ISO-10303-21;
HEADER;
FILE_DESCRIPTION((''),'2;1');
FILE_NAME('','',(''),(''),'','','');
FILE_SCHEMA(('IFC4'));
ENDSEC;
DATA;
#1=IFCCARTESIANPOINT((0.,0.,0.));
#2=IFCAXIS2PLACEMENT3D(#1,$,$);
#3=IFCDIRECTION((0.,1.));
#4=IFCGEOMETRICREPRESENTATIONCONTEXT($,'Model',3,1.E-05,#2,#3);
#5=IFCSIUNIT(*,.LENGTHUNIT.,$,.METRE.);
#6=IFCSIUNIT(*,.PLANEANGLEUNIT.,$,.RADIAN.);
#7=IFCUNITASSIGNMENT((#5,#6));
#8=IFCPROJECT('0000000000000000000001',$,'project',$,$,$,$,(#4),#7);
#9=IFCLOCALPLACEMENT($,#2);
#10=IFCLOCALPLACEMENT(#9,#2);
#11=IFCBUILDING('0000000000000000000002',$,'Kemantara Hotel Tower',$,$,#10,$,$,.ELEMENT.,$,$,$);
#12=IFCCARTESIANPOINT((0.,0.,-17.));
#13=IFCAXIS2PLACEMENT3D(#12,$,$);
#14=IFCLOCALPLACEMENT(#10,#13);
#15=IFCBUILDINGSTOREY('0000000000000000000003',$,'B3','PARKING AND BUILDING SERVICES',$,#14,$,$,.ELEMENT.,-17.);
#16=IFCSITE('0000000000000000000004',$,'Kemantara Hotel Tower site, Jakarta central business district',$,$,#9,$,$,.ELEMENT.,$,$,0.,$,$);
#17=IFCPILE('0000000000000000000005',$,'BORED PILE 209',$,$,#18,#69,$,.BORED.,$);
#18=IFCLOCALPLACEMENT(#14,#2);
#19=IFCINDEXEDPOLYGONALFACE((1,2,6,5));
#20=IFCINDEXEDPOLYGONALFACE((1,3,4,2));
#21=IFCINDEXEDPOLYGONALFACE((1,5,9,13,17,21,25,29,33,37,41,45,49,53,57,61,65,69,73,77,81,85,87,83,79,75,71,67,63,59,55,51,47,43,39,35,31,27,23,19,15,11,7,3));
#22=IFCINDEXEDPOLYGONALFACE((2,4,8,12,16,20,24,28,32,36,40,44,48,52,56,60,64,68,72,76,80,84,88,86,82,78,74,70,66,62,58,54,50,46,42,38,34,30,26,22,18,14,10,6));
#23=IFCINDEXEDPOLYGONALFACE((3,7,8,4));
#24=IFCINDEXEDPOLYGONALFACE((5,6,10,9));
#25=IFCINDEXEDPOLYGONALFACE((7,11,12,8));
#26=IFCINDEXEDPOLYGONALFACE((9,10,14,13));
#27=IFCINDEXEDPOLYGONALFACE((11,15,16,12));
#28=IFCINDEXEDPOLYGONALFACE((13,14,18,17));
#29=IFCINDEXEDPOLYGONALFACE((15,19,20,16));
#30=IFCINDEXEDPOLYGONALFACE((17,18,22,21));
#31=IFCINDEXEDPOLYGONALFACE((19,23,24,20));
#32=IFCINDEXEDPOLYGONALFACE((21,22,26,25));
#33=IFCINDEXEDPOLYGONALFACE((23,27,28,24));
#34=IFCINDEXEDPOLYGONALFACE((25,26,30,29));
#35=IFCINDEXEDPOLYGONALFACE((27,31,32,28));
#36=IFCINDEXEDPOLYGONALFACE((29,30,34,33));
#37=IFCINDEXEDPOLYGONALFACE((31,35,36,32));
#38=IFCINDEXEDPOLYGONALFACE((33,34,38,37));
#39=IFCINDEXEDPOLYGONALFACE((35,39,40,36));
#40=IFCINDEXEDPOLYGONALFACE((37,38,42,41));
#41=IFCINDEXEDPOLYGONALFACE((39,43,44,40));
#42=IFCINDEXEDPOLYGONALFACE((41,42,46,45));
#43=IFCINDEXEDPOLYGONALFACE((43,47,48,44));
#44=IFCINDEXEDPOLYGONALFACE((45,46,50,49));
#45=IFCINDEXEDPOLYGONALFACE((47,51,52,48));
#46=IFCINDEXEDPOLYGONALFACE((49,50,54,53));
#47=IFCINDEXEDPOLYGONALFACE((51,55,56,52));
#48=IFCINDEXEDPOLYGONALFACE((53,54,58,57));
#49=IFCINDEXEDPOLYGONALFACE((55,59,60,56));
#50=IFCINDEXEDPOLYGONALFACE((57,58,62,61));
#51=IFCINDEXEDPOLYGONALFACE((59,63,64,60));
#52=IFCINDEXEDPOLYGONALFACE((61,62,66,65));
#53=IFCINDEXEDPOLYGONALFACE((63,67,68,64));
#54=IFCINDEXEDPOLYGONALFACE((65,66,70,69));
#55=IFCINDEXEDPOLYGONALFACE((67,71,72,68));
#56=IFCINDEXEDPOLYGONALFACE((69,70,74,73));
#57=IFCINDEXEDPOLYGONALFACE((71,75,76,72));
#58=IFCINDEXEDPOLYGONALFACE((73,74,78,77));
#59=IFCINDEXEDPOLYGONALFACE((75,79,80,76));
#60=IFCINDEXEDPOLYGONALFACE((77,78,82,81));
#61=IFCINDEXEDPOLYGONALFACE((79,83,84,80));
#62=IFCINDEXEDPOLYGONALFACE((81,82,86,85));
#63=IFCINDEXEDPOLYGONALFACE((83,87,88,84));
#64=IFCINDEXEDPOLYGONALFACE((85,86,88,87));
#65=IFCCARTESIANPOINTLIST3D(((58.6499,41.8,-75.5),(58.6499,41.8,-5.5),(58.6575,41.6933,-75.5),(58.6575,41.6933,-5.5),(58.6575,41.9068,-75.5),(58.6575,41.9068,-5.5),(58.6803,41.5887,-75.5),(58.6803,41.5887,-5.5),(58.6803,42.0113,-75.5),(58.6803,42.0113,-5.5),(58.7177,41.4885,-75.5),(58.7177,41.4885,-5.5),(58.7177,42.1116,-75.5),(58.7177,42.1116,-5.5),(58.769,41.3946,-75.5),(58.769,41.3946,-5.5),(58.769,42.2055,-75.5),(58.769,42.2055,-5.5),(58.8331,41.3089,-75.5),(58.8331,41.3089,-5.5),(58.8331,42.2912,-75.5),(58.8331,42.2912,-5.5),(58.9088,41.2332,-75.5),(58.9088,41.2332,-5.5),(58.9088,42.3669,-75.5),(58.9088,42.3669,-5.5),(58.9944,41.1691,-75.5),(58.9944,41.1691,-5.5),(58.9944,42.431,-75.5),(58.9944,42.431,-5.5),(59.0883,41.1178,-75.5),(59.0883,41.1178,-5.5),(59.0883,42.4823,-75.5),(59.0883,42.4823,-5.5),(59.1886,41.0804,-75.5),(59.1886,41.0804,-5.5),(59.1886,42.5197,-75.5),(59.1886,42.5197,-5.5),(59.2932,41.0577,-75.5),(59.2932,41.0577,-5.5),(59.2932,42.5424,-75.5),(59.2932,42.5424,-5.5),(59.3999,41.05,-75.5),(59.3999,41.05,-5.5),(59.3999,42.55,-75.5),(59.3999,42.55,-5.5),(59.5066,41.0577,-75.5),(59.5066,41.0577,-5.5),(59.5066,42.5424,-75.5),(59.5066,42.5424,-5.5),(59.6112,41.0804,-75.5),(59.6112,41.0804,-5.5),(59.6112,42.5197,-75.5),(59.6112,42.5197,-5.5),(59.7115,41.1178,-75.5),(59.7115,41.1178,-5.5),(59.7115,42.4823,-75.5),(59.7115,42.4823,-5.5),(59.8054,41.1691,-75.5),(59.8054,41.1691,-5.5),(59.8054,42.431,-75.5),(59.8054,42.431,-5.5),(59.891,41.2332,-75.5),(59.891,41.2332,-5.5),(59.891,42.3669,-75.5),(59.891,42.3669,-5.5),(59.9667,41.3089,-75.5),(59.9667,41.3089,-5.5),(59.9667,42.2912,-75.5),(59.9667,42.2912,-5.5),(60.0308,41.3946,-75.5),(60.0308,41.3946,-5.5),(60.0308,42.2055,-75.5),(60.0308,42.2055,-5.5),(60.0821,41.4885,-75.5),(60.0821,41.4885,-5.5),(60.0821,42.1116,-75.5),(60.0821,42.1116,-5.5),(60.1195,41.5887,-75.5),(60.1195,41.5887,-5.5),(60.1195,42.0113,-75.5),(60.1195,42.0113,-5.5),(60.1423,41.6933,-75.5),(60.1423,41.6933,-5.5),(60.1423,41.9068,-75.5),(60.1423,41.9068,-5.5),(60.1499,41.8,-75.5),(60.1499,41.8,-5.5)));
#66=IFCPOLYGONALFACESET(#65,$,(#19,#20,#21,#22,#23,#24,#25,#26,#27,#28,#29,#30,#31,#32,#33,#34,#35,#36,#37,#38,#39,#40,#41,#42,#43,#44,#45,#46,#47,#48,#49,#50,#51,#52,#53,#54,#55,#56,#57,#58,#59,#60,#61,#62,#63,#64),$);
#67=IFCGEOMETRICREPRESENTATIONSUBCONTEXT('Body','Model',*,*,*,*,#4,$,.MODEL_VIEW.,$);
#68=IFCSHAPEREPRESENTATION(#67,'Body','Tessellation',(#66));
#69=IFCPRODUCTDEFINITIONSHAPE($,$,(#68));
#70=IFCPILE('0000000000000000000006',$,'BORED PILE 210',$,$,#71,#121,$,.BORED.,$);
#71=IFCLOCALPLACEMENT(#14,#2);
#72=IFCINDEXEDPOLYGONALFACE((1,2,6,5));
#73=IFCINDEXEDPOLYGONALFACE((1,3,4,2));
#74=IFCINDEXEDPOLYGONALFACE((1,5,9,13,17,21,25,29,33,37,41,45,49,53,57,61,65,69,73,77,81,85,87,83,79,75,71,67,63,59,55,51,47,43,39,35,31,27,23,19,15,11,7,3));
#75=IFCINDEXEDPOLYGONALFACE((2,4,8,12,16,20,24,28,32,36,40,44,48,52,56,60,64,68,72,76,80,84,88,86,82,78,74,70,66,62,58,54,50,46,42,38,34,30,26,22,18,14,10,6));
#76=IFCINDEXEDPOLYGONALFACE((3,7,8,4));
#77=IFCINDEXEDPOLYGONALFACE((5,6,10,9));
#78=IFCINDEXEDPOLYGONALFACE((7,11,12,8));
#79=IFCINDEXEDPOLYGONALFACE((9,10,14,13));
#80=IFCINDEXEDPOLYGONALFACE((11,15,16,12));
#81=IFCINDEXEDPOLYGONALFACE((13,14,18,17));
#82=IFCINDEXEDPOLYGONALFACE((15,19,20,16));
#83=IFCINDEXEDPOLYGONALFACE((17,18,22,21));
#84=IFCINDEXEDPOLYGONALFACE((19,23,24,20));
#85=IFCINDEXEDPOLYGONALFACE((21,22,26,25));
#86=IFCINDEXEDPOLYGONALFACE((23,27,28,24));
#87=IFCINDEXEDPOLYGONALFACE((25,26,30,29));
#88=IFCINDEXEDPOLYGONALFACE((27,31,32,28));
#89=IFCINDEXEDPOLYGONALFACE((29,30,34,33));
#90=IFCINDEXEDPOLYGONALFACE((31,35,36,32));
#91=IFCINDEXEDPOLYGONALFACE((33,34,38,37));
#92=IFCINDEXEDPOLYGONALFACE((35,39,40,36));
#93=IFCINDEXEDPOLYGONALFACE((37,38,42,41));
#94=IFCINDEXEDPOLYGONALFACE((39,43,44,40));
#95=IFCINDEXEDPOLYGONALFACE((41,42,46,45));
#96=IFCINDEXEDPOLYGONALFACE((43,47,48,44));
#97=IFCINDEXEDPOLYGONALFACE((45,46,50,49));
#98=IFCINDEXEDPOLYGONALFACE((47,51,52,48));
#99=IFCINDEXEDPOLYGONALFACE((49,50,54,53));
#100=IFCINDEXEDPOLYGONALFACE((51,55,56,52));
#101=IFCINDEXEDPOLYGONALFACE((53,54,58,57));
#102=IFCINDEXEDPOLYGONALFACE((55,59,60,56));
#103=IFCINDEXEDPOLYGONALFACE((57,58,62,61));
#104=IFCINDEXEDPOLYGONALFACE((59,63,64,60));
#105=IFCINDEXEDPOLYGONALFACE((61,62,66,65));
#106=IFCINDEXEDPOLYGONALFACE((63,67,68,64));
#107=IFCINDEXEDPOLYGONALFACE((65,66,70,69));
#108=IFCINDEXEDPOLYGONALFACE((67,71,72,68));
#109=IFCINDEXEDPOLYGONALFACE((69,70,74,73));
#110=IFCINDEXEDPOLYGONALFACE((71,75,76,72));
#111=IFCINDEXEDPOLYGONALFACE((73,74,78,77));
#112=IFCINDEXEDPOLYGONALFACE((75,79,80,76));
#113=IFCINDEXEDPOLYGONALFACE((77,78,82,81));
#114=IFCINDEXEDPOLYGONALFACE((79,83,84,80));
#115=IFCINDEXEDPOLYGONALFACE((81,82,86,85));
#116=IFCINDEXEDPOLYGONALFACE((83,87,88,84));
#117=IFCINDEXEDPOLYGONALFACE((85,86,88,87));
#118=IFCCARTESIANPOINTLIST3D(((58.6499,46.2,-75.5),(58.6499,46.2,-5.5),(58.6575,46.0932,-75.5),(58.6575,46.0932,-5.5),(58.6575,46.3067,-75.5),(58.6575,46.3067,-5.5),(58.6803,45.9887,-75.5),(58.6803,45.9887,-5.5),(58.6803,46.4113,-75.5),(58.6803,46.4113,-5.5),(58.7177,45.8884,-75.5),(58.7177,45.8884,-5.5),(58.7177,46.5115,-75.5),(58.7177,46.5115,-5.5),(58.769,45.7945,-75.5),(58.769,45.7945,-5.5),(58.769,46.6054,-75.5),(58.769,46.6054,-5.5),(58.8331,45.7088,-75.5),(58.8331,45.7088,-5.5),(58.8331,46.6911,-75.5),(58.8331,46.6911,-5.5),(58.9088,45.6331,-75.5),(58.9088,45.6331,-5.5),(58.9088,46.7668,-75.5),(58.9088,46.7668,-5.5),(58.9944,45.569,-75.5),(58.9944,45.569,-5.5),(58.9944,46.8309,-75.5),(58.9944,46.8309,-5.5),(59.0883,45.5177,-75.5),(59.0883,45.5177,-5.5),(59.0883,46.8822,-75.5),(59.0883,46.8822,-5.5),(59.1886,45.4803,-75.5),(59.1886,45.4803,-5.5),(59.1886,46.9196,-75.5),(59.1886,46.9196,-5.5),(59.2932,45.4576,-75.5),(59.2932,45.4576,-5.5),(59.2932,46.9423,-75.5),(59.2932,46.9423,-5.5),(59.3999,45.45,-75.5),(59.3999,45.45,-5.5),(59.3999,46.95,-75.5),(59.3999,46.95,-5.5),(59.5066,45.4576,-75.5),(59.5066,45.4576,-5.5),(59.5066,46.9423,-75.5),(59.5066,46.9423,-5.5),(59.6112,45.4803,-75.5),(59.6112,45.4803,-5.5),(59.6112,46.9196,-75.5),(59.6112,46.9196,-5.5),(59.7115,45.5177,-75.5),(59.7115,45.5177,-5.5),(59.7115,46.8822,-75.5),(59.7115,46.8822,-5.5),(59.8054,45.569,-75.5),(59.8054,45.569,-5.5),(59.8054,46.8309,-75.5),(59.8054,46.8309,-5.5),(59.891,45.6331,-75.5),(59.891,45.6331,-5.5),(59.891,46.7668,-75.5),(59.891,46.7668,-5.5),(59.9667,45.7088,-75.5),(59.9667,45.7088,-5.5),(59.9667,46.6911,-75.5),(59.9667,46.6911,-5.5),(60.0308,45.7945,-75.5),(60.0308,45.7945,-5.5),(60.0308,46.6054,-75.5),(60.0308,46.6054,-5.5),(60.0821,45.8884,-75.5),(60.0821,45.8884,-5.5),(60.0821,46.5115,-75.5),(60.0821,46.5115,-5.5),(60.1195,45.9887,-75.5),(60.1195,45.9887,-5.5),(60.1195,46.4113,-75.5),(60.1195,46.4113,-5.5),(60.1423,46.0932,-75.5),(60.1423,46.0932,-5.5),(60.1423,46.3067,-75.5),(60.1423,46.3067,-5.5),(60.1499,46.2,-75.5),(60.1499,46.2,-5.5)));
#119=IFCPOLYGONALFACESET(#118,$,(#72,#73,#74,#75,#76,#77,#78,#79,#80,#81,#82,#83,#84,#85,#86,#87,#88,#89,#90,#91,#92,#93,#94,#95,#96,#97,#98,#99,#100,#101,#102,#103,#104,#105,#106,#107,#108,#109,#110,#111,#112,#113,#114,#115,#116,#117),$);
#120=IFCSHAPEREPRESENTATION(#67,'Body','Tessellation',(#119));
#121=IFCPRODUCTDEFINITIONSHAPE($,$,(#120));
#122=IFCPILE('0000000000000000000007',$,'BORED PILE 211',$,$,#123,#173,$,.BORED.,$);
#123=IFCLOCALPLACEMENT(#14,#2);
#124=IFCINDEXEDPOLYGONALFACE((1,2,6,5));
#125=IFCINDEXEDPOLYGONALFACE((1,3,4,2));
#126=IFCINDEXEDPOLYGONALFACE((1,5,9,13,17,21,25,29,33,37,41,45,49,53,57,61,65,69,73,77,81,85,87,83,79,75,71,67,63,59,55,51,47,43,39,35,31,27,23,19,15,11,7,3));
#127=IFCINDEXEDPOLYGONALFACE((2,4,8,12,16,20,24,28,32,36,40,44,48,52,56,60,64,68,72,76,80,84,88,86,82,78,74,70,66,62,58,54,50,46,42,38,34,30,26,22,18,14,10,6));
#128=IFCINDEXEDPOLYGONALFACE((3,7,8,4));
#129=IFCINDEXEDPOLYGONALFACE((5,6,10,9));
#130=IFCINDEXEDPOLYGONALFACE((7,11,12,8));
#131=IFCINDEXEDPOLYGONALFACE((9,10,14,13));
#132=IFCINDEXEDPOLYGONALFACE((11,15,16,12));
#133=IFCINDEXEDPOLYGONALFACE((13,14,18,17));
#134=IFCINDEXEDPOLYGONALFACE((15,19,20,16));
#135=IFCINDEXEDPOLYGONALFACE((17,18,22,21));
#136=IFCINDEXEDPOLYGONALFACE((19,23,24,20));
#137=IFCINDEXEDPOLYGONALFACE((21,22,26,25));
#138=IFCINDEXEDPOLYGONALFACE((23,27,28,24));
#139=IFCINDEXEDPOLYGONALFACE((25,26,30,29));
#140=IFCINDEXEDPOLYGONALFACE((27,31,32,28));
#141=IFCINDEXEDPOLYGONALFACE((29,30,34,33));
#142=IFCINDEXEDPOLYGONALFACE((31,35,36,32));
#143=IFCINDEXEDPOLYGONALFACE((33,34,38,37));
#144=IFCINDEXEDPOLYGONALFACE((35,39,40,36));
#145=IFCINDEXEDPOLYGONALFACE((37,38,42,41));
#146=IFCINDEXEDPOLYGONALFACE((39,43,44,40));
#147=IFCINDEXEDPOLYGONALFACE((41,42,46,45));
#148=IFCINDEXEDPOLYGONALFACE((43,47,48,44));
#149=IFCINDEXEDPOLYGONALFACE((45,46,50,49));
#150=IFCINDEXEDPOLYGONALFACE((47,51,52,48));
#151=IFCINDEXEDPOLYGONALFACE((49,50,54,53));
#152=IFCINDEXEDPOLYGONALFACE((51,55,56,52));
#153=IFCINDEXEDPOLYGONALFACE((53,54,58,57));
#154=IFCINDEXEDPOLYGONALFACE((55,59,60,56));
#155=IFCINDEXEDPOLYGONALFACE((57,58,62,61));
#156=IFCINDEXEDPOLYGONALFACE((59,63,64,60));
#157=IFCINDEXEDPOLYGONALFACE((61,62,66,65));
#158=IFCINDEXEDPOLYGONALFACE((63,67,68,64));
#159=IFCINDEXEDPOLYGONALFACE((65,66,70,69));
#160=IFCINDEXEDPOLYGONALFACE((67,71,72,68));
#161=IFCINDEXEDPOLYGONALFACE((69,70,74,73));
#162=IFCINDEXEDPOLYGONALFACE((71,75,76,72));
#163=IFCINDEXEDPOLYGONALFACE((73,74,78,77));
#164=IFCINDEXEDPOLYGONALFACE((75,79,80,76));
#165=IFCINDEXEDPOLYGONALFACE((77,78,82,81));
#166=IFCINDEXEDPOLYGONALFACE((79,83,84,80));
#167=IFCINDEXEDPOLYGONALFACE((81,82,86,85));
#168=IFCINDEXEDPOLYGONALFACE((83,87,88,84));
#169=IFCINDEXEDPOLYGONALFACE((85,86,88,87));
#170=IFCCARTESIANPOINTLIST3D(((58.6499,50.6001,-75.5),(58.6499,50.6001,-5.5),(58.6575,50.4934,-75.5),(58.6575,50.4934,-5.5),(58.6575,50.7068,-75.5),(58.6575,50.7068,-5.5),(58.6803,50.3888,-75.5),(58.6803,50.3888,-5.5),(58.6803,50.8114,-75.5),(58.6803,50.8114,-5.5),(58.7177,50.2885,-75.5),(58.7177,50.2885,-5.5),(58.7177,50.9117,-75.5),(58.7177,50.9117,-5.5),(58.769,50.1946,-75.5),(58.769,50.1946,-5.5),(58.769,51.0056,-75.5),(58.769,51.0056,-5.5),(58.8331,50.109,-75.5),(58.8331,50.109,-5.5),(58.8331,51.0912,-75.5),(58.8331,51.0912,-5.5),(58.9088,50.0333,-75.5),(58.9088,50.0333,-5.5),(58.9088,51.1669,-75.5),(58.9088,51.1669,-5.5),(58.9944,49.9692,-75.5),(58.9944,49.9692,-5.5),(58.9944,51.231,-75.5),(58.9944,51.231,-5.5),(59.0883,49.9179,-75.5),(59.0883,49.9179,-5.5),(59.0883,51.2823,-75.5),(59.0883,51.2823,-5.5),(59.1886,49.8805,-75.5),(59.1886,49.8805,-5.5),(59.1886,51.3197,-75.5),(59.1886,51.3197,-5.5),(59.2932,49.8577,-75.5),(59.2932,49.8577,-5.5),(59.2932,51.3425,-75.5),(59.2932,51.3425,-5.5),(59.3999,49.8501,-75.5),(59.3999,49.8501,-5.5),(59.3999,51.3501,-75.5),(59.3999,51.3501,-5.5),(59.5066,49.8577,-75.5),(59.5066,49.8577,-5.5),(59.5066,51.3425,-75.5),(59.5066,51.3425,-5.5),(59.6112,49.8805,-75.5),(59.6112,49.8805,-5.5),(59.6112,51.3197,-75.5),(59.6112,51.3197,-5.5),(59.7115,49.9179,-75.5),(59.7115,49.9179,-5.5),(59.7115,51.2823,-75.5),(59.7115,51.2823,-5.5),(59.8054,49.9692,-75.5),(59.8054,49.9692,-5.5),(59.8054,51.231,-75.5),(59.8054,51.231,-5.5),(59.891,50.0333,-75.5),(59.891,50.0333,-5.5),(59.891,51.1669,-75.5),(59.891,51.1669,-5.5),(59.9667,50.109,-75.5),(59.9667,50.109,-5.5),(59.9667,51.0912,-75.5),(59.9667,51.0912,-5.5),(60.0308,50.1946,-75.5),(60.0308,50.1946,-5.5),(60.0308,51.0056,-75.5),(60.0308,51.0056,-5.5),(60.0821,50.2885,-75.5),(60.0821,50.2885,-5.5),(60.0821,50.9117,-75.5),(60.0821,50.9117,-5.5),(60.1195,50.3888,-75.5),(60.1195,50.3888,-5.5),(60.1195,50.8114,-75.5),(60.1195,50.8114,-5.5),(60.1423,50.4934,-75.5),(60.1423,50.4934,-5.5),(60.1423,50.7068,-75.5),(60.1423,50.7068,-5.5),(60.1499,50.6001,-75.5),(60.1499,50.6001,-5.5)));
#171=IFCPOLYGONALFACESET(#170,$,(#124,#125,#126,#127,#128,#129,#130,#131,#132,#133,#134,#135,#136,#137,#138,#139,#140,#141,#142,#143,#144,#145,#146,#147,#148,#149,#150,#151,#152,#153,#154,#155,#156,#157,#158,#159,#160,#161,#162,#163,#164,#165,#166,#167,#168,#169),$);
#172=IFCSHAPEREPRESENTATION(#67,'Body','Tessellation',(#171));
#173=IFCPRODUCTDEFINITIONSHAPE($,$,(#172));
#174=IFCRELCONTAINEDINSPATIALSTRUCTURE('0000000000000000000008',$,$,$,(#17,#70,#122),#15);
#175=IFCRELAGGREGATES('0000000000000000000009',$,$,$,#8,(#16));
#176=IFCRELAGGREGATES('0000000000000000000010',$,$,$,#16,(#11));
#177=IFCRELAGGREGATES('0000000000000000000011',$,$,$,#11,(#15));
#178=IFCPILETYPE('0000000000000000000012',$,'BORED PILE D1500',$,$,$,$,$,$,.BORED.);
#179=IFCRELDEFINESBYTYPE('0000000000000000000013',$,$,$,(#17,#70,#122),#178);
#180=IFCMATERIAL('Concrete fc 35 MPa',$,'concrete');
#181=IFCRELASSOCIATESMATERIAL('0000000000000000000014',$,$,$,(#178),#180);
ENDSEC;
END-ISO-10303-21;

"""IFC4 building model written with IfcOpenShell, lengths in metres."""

from ifc_helpers import new_model, si_unit, direction, frame, origin, origin_2d, place, context, subcontext, project, spatial, circle, extrude, material, material_profile, profile_set, type_object, element, save


model = new_model("IFC4")

# Units and contexts
model_context = context("Model", 3, precision=1e-05, world=origin(), true_north=direction((0.0, 1.0)))
body_context = subcontext(model_context, "Body", "Model", "MODEL_VIEW")
ifc_project = project(units=[si_unit("LENGTHUNIT", "METRE"), si_unit("PLANEANGLEUNIT", "RADIAN")], contexts=[model_context])

# Site, building, storey
site_placement = place(None, origin())
site = spatial("IfcSite", under=ifc_project, at=site_placement, Name="Kemantara Hotel Tower site, Jakarta central business district", CompositionType="ELEMENT", RefElevation=0.0)
building_placement = place(site_placement, origin())
building = spatial("IfcBuilding", under=site, at=building_placement, Name="Kemantara Hotel Tower", CompositionType="ELEMENT")
storey_placement = place(building_placement, frame((0.0, 0.0, -17.0)))
storey = spatial("IfcBuildingStorey", under=building, at=storey_placement, Name="B3", Description="PARKING AND BUILDING SERVICES", CompositionType="ELEMENT", Elevation=-17.0)

# Piles
ifc_material_1 = material(Name="Concrete fc 35 MPa", Category="concrete")
ifc_material_profile_1 = material_profile(ifc_material_1, circle(Radius=0.75, at=origin_2d()), Name="BORED PILE D1500")
ifc_profile_set_1 = profile_set([ifc_material_profile_1], Name="Concrete fc 35 MPa")
pile_type = type_object("IfcPileType", Name="BORED PILE D1500", PredefinedType="BORED", material=ifc_profile_set_1)
for number, where, z_axis, x_axis, name in (
    (1, (59.3999, 41.8, -5.5), (0.0, 0.0, -1.0), (1.0, 0.0, 0.0), "BORED PILE 209"),
    (2, (59.3999, 46.2, -5.5), (0.0, 0.0, -1.0), (1.0, 0.0, 0.0), "BORED PILE 210"),
    (3, (59.3999, 50.6001, -5.5), (0.0, 0.0, -1.0), (1.0, 0.0, 0.0), "BORED PILE 211"),
):
    element("IfcPile", number, at=place(storey_placement, frame(where, z_axis=z_axis, x_axis=x_axis)), inside=storey, type_object=pile_type, Name=name, PredefinedType="BORED", context=body_context, shape_type="SweptSolid", body=[
        extrude(circle(Radius=0.75, at=origin_2d()), origin(), (0.0, 0.0, 1.0), 70.0),
    ])

save(model, "model.ifc")
